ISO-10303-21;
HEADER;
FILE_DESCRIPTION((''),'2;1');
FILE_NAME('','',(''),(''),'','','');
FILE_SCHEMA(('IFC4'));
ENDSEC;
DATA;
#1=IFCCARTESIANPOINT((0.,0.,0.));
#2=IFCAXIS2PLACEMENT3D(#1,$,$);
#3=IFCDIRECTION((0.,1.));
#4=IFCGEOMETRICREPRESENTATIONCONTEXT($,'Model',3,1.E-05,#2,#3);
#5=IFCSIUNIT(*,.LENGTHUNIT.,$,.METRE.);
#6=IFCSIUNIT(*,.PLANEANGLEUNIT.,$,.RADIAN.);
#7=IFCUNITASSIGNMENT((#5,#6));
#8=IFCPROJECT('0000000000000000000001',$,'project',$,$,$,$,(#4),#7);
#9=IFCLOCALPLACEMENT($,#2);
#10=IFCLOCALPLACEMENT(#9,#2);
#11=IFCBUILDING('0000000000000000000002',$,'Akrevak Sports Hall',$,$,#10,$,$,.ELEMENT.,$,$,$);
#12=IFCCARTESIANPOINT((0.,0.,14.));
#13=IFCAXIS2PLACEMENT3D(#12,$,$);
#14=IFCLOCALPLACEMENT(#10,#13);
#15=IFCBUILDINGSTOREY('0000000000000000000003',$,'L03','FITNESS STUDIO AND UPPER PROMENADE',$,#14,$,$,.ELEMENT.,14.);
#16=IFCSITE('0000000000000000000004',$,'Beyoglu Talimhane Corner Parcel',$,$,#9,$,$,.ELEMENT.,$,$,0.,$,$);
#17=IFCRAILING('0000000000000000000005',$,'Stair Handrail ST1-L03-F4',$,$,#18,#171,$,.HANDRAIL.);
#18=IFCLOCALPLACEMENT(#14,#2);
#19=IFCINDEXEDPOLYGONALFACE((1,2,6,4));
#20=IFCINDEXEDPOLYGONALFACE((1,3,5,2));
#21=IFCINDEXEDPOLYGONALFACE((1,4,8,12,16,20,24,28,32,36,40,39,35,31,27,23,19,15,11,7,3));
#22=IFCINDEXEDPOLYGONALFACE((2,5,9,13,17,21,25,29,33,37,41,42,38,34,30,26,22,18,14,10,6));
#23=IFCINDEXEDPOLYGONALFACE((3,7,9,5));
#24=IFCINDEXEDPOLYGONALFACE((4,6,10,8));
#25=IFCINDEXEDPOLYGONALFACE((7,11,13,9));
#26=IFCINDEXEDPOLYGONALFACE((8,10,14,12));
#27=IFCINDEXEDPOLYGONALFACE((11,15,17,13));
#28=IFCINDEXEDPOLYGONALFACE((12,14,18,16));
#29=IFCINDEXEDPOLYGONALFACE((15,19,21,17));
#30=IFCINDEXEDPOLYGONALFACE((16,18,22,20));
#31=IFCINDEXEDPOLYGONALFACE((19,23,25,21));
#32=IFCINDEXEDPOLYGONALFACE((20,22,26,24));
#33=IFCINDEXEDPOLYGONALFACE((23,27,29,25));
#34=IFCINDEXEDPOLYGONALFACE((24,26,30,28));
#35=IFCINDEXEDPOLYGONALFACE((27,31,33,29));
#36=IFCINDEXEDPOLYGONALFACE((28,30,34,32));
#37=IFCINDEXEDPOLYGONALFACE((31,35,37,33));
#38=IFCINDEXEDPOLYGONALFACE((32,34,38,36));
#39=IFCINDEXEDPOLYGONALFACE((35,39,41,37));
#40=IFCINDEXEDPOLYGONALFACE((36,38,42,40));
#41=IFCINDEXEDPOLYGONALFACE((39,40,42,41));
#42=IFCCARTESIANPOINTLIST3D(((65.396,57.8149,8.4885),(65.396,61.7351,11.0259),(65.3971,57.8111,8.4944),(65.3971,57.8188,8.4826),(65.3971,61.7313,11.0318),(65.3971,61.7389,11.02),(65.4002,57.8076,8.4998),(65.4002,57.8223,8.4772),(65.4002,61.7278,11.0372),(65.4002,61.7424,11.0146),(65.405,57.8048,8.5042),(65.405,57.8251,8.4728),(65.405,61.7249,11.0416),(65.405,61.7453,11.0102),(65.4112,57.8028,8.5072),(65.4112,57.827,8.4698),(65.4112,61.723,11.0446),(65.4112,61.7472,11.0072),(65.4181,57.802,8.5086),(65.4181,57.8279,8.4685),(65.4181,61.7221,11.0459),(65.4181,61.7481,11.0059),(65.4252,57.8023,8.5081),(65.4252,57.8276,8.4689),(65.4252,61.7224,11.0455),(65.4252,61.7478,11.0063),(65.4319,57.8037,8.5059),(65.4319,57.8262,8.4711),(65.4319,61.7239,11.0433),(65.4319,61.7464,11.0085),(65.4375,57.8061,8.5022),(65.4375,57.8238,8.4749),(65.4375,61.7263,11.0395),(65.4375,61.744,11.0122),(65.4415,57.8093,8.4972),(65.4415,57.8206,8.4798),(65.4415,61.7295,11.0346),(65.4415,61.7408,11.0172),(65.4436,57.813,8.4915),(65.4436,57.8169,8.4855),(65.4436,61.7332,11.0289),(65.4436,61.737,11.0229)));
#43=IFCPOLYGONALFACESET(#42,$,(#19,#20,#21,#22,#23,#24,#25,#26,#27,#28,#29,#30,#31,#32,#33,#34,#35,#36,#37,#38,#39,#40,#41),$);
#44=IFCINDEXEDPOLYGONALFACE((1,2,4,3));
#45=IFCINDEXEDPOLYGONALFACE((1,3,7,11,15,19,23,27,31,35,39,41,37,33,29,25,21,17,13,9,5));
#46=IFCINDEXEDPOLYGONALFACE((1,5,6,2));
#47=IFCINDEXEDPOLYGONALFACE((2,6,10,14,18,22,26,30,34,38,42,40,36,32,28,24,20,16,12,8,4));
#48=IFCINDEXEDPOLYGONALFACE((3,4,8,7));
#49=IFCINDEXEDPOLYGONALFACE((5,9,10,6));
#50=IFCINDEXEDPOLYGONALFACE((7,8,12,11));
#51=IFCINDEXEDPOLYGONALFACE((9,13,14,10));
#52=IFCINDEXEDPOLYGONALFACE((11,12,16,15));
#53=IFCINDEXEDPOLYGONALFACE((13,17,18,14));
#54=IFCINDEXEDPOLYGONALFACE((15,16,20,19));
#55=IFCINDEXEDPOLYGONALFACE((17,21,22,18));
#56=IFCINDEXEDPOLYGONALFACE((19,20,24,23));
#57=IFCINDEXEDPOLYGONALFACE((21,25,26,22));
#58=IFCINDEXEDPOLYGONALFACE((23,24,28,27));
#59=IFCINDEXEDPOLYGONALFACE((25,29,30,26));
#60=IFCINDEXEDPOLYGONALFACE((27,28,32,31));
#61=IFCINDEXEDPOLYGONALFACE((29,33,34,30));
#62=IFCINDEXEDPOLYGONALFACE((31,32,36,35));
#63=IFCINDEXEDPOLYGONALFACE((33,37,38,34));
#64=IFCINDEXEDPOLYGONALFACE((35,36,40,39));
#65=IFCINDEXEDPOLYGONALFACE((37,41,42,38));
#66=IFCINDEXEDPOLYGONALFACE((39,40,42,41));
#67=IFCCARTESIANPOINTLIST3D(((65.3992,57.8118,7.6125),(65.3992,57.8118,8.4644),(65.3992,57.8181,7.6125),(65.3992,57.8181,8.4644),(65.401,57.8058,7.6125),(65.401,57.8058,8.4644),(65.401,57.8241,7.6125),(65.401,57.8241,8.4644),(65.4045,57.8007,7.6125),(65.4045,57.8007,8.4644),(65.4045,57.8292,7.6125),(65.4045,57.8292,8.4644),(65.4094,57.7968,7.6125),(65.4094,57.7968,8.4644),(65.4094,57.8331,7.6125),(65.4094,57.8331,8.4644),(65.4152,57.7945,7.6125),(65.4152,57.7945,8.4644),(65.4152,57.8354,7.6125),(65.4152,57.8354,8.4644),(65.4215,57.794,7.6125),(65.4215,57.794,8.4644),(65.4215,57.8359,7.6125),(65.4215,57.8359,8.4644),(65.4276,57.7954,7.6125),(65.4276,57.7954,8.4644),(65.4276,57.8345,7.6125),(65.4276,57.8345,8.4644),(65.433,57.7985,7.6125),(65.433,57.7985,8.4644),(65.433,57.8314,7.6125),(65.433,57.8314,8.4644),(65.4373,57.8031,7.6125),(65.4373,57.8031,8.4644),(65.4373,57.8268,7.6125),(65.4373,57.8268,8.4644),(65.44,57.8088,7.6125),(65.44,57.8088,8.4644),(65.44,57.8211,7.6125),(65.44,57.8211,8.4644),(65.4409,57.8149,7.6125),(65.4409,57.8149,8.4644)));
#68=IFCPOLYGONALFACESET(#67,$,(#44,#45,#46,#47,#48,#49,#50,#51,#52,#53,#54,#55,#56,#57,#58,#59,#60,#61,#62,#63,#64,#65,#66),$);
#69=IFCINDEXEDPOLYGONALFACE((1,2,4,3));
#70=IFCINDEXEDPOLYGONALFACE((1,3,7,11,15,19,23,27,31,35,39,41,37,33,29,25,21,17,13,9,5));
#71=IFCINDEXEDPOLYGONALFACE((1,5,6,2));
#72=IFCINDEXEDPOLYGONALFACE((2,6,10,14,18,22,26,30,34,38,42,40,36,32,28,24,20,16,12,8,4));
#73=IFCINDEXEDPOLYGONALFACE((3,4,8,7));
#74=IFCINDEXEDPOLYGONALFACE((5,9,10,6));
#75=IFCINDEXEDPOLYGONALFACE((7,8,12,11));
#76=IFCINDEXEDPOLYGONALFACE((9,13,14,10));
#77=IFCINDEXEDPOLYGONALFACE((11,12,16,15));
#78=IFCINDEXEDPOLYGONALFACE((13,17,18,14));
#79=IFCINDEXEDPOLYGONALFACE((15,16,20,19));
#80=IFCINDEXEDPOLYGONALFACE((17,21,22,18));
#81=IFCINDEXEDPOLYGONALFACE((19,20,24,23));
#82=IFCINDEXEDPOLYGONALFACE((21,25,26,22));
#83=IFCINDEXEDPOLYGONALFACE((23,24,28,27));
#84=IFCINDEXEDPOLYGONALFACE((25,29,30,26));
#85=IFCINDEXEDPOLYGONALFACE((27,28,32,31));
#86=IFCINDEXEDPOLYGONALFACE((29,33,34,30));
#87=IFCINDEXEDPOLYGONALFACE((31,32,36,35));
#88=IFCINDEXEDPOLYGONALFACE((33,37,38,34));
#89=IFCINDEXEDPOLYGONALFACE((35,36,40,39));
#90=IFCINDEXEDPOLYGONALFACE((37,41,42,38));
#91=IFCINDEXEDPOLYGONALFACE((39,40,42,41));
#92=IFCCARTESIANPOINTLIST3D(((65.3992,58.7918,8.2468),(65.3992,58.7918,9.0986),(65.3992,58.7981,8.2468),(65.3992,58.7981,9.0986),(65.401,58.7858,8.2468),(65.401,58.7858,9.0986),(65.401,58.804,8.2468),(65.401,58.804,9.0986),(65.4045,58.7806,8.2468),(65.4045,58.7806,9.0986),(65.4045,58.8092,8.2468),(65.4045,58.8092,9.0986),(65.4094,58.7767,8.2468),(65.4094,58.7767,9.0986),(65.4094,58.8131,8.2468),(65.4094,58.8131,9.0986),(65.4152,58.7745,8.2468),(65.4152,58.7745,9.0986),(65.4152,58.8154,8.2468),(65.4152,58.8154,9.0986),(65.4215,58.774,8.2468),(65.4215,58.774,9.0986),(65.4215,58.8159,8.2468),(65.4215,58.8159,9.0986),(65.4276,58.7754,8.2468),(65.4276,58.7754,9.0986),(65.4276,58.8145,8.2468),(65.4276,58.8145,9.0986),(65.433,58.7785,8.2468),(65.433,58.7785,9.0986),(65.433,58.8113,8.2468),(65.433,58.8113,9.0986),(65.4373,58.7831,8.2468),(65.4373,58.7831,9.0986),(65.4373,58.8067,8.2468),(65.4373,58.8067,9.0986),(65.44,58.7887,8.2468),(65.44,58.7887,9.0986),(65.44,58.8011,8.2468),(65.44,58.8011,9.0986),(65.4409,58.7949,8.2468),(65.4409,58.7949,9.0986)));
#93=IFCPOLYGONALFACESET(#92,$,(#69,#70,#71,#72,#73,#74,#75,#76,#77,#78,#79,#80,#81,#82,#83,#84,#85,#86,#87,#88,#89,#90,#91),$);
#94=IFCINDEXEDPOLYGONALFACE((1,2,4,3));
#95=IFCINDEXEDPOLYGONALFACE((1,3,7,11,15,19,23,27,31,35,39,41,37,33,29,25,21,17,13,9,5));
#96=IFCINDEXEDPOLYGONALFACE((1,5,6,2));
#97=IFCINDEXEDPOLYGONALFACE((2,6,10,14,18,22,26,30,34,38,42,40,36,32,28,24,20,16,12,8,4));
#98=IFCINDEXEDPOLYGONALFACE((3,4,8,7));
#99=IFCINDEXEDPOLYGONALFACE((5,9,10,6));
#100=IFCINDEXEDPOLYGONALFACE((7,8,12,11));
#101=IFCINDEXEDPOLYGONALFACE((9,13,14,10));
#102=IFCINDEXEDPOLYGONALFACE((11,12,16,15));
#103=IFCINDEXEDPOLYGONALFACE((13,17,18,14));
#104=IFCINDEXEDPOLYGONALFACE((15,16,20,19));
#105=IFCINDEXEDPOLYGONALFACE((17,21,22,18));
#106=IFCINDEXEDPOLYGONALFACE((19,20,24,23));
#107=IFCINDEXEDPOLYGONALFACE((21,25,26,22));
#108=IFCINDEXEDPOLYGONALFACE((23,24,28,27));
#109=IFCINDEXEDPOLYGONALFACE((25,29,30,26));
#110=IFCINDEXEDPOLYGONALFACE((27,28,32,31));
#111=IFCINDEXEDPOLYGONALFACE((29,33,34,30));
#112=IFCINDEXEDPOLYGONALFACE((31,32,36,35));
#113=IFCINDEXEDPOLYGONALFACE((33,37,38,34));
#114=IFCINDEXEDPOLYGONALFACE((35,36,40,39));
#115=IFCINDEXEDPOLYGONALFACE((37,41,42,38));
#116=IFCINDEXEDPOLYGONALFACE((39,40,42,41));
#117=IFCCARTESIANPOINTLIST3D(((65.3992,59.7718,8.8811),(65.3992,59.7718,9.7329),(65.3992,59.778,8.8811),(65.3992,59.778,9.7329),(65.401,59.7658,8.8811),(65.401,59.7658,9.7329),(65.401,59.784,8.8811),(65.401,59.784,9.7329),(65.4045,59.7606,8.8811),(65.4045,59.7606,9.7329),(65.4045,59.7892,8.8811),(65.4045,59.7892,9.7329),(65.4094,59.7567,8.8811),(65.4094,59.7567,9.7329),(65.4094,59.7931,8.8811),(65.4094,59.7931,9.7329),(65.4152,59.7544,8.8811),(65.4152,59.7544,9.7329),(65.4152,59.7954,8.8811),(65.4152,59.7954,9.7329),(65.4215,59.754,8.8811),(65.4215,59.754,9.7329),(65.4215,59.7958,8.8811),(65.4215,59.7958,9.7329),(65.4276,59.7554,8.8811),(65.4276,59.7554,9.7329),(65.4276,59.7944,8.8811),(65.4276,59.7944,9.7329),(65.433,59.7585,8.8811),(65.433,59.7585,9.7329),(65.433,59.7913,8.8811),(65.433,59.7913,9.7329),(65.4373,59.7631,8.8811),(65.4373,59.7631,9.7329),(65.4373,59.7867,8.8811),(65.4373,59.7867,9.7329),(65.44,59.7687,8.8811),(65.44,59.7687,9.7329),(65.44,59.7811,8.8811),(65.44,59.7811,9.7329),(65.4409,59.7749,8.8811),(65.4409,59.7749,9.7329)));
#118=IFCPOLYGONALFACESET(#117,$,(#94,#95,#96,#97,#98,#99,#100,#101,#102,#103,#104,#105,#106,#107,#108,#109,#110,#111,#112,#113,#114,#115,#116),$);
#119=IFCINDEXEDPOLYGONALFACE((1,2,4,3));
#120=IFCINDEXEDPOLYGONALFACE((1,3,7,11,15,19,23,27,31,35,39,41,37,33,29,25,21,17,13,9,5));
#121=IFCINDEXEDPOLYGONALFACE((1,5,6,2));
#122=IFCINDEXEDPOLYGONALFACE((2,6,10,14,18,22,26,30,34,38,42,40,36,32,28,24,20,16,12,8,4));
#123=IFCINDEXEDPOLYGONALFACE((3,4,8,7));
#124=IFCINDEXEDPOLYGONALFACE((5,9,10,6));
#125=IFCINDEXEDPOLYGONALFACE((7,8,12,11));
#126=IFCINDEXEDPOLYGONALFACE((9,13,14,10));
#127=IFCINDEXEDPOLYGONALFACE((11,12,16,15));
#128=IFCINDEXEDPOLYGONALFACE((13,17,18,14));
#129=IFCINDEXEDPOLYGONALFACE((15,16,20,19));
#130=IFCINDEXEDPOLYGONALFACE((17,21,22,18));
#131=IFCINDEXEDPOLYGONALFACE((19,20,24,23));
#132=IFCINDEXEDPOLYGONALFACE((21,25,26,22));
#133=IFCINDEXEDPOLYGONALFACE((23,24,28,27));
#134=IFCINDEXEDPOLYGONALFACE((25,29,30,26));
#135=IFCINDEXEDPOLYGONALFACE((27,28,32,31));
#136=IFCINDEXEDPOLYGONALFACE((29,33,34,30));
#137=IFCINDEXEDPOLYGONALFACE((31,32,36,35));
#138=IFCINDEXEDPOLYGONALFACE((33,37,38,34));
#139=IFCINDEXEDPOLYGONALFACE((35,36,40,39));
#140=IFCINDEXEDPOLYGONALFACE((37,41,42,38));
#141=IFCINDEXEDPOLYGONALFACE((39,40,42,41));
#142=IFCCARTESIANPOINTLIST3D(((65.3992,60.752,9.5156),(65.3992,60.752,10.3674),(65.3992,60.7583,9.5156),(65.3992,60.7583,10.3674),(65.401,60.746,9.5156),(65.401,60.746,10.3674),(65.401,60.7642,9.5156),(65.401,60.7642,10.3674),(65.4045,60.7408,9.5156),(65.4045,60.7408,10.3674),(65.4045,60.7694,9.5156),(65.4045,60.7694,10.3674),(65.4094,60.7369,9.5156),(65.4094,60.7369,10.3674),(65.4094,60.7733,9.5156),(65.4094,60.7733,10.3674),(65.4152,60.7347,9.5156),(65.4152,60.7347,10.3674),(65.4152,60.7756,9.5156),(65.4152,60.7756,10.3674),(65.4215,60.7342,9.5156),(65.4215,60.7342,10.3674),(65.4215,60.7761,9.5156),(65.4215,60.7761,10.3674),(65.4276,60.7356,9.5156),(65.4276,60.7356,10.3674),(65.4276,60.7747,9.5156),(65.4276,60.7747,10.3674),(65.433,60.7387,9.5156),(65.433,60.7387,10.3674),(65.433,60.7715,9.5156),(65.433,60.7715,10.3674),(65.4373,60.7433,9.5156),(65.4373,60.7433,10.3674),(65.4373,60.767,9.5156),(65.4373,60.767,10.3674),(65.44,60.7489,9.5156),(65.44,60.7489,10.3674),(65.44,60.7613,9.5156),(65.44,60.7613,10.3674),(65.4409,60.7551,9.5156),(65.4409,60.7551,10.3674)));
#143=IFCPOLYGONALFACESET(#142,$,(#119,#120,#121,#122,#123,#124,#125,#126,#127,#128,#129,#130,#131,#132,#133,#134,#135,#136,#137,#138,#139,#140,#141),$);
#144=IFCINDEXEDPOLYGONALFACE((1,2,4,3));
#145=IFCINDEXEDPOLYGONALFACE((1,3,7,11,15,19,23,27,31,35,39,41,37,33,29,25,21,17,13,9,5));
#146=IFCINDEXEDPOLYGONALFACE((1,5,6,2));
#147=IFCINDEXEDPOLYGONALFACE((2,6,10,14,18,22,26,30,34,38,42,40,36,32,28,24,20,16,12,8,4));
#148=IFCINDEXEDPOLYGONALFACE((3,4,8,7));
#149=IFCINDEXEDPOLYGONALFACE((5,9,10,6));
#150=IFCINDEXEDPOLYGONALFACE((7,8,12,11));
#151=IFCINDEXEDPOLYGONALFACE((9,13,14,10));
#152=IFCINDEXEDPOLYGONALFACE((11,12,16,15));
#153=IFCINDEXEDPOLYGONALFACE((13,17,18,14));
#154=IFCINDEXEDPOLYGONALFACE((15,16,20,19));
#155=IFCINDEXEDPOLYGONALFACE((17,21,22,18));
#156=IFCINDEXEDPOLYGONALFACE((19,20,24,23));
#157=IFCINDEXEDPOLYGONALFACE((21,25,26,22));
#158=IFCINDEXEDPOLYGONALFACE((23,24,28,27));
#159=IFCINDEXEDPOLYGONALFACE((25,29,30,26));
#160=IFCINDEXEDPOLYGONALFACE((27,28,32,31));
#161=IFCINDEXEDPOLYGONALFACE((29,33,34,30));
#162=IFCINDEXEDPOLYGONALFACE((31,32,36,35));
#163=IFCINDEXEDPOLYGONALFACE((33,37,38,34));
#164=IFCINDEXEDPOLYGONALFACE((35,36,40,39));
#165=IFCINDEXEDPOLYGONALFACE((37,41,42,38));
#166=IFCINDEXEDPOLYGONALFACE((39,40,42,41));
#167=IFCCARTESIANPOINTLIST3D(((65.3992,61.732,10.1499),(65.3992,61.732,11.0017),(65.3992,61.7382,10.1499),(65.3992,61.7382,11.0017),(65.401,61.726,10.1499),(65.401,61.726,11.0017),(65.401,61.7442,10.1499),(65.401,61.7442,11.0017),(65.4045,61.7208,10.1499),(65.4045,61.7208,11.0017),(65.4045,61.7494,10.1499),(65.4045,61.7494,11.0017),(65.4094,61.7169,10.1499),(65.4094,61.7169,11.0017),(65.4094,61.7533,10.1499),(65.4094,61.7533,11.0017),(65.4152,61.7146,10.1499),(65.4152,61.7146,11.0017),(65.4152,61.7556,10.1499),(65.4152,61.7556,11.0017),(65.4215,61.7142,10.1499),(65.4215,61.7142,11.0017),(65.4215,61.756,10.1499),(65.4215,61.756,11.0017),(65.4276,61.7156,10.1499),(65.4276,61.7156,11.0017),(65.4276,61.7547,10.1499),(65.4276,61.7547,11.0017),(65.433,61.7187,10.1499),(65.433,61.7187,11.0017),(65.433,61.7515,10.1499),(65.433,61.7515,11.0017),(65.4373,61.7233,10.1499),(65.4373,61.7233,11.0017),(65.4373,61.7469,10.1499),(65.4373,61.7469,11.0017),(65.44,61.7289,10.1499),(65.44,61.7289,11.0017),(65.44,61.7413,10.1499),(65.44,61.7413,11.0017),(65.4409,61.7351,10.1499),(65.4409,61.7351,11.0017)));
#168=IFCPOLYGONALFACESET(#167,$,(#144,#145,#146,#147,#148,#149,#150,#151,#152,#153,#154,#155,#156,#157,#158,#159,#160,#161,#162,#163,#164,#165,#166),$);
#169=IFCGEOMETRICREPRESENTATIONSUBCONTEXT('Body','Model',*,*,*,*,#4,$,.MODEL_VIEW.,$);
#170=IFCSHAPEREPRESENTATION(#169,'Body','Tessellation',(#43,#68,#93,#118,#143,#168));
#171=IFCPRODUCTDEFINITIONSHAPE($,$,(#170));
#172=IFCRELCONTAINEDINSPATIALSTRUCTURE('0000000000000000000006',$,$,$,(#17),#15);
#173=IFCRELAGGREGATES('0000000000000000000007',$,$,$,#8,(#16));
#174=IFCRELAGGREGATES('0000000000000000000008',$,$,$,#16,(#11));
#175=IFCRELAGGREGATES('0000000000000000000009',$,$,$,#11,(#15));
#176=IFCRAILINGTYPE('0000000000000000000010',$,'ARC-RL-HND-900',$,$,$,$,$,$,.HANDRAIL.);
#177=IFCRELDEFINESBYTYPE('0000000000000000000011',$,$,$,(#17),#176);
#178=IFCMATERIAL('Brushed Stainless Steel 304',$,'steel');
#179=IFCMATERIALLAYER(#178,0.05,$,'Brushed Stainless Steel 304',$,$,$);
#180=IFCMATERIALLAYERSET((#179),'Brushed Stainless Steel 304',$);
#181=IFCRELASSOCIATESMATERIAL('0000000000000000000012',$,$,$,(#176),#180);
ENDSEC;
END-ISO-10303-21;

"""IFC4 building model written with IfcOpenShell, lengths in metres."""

from ifc_helpers import new_model, si_unit, direction, frame, origin, origin_2d, place, context, subcontext, project, spatial, circle, extrude, material, layer, layer_set, type_object, element, save


model = new_model("IFC4")

# Units and contexts
model_context = context("Model", 3, precision=1e-05, world=origin(), true_north=direction((0.0, 1.0)))
body_context = subcontext(model_context, "Body", "Model", "MODEL_VIEW")
ifc_project = project(units=[si_unit("LENGTHUNIT", "METRE"), si_unit("PLANEANGLEUNIT", "RADIAN")], contexts=[model_context])

# Site, building, storey
site_placement = place(None, origin())
site = spatial("IfcSite", under=ifc_project, at=site_placement, Name="Beyoglu Talimhane Corner Parcel", CompositionType="ELEMENT", RefElevation=0.0)
building_placement = place(site_placement, origin())
building = spatial("IfcBuilding", under=site, at=building_placement, Name="Akrevak Sports Hall", CompositionType="ELEMENT")
storey_placement = place(building_placement, frame((0.0, 0.0, 14.0)))
storey = spatial("IfcBuildingStorey", under=building, at=storey_placement, Name="L03", Description="FITNESS STUDIO AND UPPER PROMENADE", CompositionType="ELEMENT", Elevation=14.0)

# Railing
ifc_material_1 = material(Name="Brushed Stainless Steel 304", Category="steel")
ifc_layer_1 = layer(ifc_material_1, 0.05, Name="Brushed Stainless Steel 304")
ifc_layer_set_1 = layer_set([ifc_layer_1], Name="Brushed Stainless Steel 304")
railing_type_1 = type_object("IfcRailingType", Name="ARC-RL-HND-900", PredefinedType="HANDRAIL", material=ifc_layer_set_1)
railing_1_placement = place(storey_placement, frame((65.4199, 57.8149, 7.6125)))
element("IfcRailing", 1, at=railing_1_placement, inside=storey, type_object=railing_type_1, Name="Stair Handrail ST1-L03-F4", PredefinedType="HANDRAIL", context=body_context, shape_type="SweptSolid", body=[
    extrude(circle(Radius=0.0239, at=origin_2d()), frame((0.0, 0.0, 0.876), z_axis=(0.0, 0.839494, 0.543368), x_axis=(-1.0, 0.0, 0.0)), (0.0, 0.0, 1.0), 4.6697),
    extrude(circle(Radius=0.021, at=origin_2d()), origin(), (0.0, 0.0, 1.0), 0.8518),
    extrude(circle(Radius=0.021, at=origin_2d()), frame((0.0, 0.98, 0.6343)), (0.0, 0.0, 1.0), 0.8518),
    extrude(circle(Radius=0.021, at=origin_2d()), frame((0.0, 1.96, 1.2686)), (0.0, 0.0, 1.0), 0.8518),
    extrude(circle(Radius=0.021, at=origin_2d()), frame((0.0, 2.9402, 1.9031)), (0.0, 0.0, 1.0), 0.8518),
    extrude(circle(Radius=0.021, at=origin_2d()), frame((0.0, 3.9202, 2.5374)), (0.0, 0.0, 1.0), 0.8518),
])

save(model, "model.ifc")
